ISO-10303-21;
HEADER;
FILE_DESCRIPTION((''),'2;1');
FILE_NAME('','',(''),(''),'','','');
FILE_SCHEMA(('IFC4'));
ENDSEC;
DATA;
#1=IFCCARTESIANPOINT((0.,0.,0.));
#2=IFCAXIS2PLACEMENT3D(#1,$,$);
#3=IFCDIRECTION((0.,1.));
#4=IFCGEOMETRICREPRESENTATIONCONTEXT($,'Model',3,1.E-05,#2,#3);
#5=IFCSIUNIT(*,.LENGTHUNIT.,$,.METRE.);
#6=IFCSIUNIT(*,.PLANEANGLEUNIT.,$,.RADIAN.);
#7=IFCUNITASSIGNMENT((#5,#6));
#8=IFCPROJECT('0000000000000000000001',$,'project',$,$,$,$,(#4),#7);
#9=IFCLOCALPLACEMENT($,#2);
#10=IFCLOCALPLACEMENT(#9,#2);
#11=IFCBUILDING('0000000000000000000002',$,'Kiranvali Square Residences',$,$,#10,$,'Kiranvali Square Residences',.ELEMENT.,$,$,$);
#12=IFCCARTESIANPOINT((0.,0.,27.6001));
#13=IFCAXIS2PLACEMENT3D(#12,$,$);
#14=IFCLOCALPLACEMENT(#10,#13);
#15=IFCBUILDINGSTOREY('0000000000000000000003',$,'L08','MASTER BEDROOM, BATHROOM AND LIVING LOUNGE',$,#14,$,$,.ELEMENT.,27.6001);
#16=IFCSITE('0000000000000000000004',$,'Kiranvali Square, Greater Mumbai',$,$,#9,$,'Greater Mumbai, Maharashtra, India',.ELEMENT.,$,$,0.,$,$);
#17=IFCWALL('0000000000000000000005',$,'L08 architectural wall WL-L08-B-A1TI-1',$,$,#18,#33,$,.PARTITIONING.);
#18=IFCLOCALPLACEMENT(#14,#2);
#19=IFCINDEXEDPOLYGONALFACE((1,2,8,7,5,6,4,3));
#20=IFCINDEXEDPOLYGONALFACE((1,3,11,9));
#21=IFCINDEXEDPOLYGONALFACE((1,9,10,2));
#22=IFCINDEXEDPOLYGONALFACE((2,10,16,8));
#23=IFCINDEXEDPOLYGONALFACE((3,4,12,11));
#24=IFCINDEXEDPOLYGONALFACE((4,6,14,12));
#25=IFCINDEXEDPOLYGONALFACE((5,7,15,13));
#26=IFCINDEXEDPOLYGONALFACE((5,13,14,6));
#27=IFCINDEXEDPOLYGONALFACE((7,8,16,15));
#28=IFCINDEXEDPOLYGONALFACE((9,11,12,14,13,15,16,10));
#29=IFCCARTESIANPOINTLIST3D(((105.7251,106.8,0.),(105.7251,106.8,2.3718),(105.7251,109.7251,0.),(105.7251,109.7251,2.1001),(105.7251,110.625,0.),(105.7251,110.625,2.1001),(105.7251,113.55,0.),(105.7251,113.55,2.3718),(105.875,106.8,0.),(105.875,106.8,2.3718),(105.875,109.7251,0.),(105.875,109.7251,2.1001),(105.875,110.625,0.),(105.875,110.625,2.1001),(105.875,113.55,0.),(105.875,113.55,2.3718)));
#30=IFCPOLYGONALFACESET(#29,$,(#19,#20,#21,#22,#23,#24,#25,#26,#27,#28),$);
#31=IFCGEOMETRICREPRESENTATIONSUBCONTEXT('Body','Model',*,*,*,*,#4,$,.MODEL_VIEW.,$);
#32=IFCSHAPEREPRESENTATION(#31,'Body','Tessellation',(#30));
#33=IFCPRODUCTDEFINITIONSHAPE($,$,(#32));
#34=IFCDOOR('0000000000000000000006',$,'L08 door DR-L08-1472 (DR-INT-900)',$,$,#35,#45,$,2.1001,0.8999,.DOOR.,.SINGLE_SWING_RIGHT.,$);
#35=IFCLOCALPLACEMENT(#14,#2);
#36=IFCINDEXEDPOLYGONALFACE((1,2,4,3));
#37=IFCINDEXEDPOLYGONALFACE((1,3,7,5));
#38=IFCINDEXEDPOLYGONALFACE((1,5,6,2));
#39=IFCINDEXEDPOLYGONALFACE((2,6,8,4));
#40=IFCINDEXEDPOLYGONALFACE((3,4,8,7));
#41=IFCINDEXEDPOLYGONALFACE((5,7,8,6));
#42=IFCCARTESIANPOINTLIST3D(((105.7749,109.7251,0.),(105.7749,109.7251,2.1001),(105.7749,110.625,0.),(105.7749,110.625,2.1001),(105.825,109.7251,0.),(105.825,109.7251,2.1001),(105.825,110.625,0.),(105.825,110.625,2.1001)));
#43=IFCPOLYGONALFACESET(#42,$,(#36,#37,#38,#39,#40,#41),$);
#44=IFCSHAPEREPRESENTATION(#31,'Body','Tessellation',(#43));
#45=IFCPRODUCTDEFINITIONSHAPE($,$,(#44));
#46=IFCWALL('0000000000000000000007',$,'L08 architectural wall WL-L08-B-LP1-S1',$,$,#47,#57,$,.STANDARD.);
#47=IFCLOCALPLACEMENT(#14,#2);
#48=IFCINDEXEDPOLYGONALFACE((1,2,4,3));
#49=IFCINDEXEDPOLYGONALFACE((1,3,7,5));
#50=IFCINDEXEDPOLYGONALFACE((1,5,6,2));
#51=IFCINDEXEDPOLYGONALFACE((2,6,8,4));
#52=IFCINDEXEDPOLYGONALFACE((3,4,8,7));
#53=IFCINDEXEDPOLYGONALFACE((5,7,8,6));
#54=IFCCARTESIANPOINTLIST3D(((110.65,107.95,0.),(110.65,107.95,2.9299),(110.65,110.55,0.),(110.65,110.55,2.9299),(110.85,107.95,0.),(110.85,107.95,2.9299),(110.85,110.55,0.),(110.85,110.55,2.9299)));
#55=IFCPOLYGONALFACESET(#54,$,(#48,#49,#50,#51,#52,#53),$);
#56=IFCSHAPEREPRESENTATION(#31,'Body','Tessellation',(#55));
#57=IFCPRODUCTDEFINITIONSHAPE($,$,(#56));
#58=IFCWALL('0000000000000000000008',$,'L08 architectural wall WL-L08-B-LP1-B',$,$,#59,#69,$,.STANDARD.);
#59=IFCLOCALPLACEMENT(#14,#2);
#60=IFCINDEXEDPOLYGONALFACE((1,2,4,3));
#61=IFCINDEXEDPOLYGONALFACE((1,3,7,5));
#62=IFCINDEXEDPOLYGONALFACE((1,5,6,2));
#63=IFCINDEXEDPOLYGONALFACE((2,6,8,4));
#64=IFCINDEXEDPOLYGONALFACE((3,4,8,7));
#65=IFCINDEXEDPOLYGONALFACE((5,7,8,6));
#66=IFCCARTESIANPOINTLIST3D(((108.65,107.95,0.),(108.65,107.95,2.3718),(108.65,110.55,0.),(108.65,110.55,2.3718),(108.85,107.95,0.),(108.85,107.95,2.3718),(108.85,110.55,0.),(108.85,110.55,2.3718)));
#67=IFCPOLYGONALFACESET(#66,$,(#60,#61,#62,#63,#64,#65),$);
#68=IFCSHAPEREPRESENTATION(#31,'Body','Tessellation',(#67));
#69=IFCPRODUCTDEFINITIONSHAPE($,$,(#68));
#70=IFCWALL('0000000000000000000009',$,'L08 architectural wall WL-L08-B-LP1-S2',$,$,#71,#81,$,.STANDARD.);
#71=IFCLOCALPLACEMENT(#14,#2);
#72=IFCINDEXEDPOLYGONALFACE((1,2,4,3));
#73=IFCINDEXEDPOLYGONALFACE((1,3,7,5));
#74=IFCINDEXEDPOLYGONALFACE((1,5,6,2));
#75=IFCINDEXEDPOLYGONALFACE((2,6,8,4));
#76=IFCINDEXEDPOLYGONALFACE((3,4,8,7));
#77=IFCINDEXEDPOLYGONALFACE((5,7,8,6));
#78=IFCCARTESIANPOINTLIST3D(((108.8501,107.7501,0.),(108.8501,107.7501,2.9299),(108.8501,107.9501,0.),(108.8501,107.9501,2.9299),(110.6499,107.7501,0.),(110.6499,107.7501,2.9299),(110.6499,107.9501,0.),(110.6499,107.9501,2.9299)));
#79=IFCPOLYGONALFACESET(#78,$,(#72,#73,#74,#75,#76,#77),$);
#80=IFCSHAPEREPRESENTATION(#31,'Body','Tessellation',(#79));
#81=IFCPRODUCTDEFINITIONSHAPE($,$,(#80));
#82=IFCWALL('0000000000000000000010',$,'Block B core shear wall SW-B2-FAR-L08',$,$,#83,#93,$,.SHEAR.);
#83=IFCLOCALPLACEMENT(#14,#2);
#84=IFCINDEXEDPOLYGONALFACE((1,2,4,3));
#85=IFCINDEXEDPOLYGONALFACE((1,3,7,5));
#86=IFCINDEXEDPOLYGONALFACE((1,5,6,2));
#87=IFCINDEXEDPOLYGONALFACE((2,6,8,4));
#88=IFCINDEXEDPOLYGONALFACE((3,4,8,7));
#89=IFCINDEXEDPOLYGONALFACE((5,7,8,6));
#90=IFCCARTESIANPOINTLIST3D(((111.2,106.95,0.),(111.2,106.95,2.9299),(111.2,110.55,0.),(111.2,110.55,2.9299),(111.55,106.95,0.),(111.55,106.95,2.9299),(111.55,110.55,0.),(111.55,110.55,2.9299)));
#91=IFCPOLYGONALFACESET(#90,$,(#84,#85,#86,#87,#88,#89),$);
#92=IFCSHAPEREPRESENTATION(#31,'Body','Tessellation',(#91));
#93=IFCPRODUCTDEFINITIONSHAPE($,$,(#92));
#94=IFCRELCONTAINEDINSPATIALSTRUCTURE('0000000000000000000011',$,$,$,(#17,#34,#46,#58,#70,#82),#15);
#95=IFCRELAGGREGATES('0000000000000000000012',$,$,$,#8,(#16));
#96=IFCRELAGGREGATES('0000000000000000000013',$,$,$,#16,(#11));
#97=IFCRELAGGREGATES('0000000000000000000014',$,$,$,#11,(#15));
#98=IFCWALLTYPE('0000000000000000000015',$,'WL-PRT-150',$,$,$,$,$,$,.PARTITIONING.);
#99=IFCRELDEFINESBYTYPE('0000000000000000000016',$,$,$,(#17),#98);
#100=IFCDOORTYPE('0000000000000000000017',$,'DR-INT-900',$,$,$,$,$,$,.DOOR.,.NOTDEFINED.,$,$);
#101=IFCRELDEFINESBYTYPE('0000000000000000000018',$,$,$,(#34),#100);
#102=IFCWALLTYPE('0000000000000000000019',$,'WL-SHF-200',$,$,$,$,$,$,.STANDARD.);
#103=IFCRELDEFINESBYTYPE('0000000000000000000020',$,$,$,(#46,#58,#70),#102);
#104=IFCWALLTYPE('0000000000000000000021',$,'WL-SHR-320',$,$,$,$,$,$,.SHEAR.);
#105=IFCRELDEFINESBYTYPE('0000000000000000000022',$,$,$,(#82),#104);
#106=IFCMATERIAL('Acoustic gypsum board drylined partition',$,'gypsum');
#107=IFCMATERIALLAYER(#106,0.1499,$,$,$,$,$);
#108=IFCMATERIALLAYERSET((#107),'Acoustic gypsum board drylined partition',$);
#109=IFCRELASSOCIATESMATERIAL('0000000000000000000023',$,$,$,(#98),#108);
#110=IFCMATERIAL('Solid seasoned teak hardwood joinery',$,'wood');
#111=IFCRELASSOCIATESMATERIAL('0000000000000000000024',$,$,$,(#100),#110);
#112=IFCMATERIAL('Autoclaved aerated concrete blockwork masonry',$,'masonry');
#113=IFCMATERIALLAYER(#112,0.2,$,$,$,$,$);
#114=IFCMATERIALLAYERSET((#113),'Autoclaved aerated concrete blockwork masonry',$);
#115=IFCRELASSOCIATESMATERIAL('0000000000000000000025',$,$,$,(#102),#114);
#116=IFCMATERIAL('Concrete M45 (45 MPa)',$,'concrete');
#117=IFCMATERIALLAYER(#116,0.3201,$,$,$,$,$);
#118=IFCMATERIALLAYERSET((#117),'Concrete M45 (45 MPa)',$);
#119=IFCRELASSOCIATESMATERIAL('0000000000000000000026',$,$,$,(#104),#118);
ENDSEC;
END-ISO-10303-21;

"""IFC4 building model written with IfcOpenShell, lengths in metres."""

from ifc_helpers import new_model, si_unit, direction, frame, frame_2d, origin, place, context, subcontext, project, spatial, rectangle, extrude, material, layer, layer_set, type_object, element, fill, save


model = new_model("IFC4")

# Units and contexts
model_context = context("Model", 3, precision=1e-05, world=origin(), true_north=direction((0.0, 1.0)))
body_context = subcontext(model_context, "Body", "Model", "MODEL_VIEW")
ifc_project = project(units=[si_unit("LENGTHUNIT", "METRE"), si_unit("PLANEANGLEUNIT", "RADIAN")], contexts=[model_context])

# Site, building, storey
site_placement = place(None, origin())
site = spatial("IfcSite", under=ifc_project, at=site_placement, Name="Kiranvali Square, Greater Mumbai", LongName="Greater Mumbai, Maharashtra, India", CompositionType="ELEMENT", RefElevation=0.0)
building_placement = place(site_placement, origin())
building = spatial("IfcBuilding", under=site, at=building_placement, Name="Kiranvali Square Residences", LongName="Kiranvali Square Residences", CompositionType="ELEMENT")
storey_placement = place(building_placement, frame((0.0, 0.0, 27.6001)))
storey = spatial("IfcBuildingStorey", under=building, at=storey_placement, Name="L08", Description="MASTER BEDROOM, BATHROOM AND LIVING LOUNGE", CompositionType="ELEMENT", Elevation=27.6001)

# Shared definitions
ifc_material_1 = material(Name="Concrete M45 (45 MPa)", Category="concrete")

# Shared definitions
ifc_material_2 = material(Name="Autoclaved aerated concrete blockwork masonry", Category="masonry")

# Wall, opening, door
ifc_material_3 = material(Name="Acoustic gypsum board drylined partition", Category="gypsum")
ifc_layer_1 = layer(ifc_material_3, 0.1499)
ifc_layer_set_1 = layer_set([ifc_layer_1], Name="Acoustic gypsum board drylined partition")
wall_type_1 = type_object("IfcWallType", Name="WL-PRT-150", PredefinedType="PARTITIONING", material=ifc_layer_set_1)
wall_1_placement = place(storey_placement, frame((105.8, 106.8, 0.0), z_axis=(0.0, 0.0, 1.0), x_axis=(0.0, 1.0, 0.0)))
wall_1 = element("IfcWall", 1, at=wall_1_placement, inside=storey, type_object=wall_type_1, Name="L08 architectural wall WL-L08-B-A1TI-1", PredefinedType="PARTITIONING", context=body_context, shape_type="SweptSolid", body=[
    extrude(rectangle(XDim=6.75, YDim=0.1499, at=frame_2d((3.375, 0.0))), origin(), (0.0, 0.0, 1.0), 2.3718),
])
opening_1_placement = place(wall_1_placement, frame((2.925, 0.0, 0.0)))
opening_1 = element("IfcOpeningElement", 2, at=opening_1_placement, cuts=wall_1, PredefinedType="OPENING", context=body_context, shape_type="SweptSolid", body=[
    extrude(rectangle(XDim=0.8999, YDim=2.1001, at=frame_2d((0.45, 1.05))), frame((0.0, 0.085, 0.0), z_axis=(0.0, -1.0, 0.0), x_axis=(1.0, 0.0, 0.0)), (0.0, 0.0, 1.0), 0.1699),
])
ifc_material_4 = material(Name="Solid seasoned teak hardwood joinery", Category="wood")
door_type_1 = type_object("IfcDoorType", Name="DR-INT-900", OperationType="NOTDEFINED", PredefinedType="DOOR", material=ifc_material_4)
door_1_placement = place(opening_1_placement, frame((0.8999, 0.0, 0.0), z_axis=(0.0, 0.0, 1.0), x_axis=(-1.0, 0.0, 0.0)))
door_1 = element("IfcDoor", 3, at=door_1_placement, inside=storey, type_object=door_type_1, Name="L08 door DR-L08-1472 (DR-INT-900)", OperationType="SINGLE_SWING_RIGHT", OverallHeight=2.1001, OverallWidth=0.8999, PredefinedType="DOOR", context=body_context, shape_type="SweptSolid", body=[
    extrude(rectangle(XDim=0.8999, YDim=2.1001, at=frame_2d((0.45, 1.05))), frame((0.0, 0.0249, 0.0), z_axis=(0.0, -1.0, 0.0), x_axis=(1.0, 0.0, 0.0)), (0.0, 0.0, 1.0), 0.05),
])
fill(opening_1, door_1)

# Walls
ifc_layer_2 = layer(ifc_material_2, 0.2)
ifc_layer_set_2 = layer_set([ifc_layer_2], Name="Autoclaved aerated concrete blockwork masonry")
wall_type_2 = type_object("IfcWallType", Name="WL-SHF-200", PredefinedType="STANDARD", material=ifc_layer_set_2)
wall_2_placement = place(storey_placement, frame((110.75, 107.95, 0.0), z_axis=(0.0, 0.0, 1.0), x_axis=(0.0, 1.0, 0.0)))
element("IfcWall", 4, at=wall_2_placement, inside=storey, type_object=wall_type_2, Name="L08 architectural wall WL-L08-B-LP1-S1", PredefinedType="STANDARD", context=body_context, shape_type="SweptSolid", body=[
    extrude(rectangle(XDim=2.6001, YDim=0.2, at=frame_2d((1.3, 0.0))), origin(), (0.0, 0.0, 1.0), 2.9299),
])
wall_3_placement = place(storey_placement, frame((108.75, 107.95, 0.0), z_axis=(0.0, 0.0, 1.0), x_axis=(0.0, 1.0, 0.0)))
element("IfcWall", 5, at=wall_3_placement, inside=storey, type_object=wall_type_2, Name="L08 architectural wall WL-L08-B-LP1-B", PredefinedType="STANDARD", context=body_context, shape_type="SweptSolid", body=[
    extrude(rectangle(XDim=2.6001, YDim=0.2, at=frame_2d((1.3, 0.0))), origin(), (0.0, 0.0, 1.0), 2.3718),
])
wall_4_placement = place(storey_placement, frame((110.6499, 107.8501, 0.0), z_axis=(0.0, 0.0, 1.0), x_axis=(-1.0, 0.0, 0.0)))
element("IfcWall", 6, at=wall_4_placement, inside=storey, type_object=wall_type_2, Name="L08 architectural wall WL-L08-B-LP1-S2", PredefinedType="STANDARD", context=body_context, shape_type="SweptSolid", body=[
    extrude(rectangle(XDim=1.7998, YDim=0.2, at=frame_2d((0.8999, 0.0))), origin(), (0.0, 0.0, 1.0), 2.9299),
])

# Wall
ifc_layer_3 = layer(ifc_material_1, 0.3201)
ifc_layer_set_3 = layer_set([ifc_layer_3], Name="Concrete M45 (45 MPa)")
wall_type_3 = type_object("IfcWallType", Name="WL-SHR-320", PredefinedType="SHEAR", material=ifc_layer_set_3)
wall_5_placement = place(storey_placement, frame((111.375, 106.95, 0.0), z_axis=(0.0, 0.0, 1.0), x_axis=(0.0, 1.0, 0.0)))
element("IfcWall", 7, at=wall_5_placement, inside=storey, type_object=wall_type_3, Name="Block B core shear wall SW-B2-FAR-L08", PredefinedType="SHEAR", context=body_context, shape_type="SweptSolid", body=[
    extrude(rectangle(XDim=3.6001, YDim=0.3501, at=frame_2d((1.8, 0.0))), origin(), (0.0, 0.0, 1.0), 2.9299),
])

save(model, "model.ifc")
